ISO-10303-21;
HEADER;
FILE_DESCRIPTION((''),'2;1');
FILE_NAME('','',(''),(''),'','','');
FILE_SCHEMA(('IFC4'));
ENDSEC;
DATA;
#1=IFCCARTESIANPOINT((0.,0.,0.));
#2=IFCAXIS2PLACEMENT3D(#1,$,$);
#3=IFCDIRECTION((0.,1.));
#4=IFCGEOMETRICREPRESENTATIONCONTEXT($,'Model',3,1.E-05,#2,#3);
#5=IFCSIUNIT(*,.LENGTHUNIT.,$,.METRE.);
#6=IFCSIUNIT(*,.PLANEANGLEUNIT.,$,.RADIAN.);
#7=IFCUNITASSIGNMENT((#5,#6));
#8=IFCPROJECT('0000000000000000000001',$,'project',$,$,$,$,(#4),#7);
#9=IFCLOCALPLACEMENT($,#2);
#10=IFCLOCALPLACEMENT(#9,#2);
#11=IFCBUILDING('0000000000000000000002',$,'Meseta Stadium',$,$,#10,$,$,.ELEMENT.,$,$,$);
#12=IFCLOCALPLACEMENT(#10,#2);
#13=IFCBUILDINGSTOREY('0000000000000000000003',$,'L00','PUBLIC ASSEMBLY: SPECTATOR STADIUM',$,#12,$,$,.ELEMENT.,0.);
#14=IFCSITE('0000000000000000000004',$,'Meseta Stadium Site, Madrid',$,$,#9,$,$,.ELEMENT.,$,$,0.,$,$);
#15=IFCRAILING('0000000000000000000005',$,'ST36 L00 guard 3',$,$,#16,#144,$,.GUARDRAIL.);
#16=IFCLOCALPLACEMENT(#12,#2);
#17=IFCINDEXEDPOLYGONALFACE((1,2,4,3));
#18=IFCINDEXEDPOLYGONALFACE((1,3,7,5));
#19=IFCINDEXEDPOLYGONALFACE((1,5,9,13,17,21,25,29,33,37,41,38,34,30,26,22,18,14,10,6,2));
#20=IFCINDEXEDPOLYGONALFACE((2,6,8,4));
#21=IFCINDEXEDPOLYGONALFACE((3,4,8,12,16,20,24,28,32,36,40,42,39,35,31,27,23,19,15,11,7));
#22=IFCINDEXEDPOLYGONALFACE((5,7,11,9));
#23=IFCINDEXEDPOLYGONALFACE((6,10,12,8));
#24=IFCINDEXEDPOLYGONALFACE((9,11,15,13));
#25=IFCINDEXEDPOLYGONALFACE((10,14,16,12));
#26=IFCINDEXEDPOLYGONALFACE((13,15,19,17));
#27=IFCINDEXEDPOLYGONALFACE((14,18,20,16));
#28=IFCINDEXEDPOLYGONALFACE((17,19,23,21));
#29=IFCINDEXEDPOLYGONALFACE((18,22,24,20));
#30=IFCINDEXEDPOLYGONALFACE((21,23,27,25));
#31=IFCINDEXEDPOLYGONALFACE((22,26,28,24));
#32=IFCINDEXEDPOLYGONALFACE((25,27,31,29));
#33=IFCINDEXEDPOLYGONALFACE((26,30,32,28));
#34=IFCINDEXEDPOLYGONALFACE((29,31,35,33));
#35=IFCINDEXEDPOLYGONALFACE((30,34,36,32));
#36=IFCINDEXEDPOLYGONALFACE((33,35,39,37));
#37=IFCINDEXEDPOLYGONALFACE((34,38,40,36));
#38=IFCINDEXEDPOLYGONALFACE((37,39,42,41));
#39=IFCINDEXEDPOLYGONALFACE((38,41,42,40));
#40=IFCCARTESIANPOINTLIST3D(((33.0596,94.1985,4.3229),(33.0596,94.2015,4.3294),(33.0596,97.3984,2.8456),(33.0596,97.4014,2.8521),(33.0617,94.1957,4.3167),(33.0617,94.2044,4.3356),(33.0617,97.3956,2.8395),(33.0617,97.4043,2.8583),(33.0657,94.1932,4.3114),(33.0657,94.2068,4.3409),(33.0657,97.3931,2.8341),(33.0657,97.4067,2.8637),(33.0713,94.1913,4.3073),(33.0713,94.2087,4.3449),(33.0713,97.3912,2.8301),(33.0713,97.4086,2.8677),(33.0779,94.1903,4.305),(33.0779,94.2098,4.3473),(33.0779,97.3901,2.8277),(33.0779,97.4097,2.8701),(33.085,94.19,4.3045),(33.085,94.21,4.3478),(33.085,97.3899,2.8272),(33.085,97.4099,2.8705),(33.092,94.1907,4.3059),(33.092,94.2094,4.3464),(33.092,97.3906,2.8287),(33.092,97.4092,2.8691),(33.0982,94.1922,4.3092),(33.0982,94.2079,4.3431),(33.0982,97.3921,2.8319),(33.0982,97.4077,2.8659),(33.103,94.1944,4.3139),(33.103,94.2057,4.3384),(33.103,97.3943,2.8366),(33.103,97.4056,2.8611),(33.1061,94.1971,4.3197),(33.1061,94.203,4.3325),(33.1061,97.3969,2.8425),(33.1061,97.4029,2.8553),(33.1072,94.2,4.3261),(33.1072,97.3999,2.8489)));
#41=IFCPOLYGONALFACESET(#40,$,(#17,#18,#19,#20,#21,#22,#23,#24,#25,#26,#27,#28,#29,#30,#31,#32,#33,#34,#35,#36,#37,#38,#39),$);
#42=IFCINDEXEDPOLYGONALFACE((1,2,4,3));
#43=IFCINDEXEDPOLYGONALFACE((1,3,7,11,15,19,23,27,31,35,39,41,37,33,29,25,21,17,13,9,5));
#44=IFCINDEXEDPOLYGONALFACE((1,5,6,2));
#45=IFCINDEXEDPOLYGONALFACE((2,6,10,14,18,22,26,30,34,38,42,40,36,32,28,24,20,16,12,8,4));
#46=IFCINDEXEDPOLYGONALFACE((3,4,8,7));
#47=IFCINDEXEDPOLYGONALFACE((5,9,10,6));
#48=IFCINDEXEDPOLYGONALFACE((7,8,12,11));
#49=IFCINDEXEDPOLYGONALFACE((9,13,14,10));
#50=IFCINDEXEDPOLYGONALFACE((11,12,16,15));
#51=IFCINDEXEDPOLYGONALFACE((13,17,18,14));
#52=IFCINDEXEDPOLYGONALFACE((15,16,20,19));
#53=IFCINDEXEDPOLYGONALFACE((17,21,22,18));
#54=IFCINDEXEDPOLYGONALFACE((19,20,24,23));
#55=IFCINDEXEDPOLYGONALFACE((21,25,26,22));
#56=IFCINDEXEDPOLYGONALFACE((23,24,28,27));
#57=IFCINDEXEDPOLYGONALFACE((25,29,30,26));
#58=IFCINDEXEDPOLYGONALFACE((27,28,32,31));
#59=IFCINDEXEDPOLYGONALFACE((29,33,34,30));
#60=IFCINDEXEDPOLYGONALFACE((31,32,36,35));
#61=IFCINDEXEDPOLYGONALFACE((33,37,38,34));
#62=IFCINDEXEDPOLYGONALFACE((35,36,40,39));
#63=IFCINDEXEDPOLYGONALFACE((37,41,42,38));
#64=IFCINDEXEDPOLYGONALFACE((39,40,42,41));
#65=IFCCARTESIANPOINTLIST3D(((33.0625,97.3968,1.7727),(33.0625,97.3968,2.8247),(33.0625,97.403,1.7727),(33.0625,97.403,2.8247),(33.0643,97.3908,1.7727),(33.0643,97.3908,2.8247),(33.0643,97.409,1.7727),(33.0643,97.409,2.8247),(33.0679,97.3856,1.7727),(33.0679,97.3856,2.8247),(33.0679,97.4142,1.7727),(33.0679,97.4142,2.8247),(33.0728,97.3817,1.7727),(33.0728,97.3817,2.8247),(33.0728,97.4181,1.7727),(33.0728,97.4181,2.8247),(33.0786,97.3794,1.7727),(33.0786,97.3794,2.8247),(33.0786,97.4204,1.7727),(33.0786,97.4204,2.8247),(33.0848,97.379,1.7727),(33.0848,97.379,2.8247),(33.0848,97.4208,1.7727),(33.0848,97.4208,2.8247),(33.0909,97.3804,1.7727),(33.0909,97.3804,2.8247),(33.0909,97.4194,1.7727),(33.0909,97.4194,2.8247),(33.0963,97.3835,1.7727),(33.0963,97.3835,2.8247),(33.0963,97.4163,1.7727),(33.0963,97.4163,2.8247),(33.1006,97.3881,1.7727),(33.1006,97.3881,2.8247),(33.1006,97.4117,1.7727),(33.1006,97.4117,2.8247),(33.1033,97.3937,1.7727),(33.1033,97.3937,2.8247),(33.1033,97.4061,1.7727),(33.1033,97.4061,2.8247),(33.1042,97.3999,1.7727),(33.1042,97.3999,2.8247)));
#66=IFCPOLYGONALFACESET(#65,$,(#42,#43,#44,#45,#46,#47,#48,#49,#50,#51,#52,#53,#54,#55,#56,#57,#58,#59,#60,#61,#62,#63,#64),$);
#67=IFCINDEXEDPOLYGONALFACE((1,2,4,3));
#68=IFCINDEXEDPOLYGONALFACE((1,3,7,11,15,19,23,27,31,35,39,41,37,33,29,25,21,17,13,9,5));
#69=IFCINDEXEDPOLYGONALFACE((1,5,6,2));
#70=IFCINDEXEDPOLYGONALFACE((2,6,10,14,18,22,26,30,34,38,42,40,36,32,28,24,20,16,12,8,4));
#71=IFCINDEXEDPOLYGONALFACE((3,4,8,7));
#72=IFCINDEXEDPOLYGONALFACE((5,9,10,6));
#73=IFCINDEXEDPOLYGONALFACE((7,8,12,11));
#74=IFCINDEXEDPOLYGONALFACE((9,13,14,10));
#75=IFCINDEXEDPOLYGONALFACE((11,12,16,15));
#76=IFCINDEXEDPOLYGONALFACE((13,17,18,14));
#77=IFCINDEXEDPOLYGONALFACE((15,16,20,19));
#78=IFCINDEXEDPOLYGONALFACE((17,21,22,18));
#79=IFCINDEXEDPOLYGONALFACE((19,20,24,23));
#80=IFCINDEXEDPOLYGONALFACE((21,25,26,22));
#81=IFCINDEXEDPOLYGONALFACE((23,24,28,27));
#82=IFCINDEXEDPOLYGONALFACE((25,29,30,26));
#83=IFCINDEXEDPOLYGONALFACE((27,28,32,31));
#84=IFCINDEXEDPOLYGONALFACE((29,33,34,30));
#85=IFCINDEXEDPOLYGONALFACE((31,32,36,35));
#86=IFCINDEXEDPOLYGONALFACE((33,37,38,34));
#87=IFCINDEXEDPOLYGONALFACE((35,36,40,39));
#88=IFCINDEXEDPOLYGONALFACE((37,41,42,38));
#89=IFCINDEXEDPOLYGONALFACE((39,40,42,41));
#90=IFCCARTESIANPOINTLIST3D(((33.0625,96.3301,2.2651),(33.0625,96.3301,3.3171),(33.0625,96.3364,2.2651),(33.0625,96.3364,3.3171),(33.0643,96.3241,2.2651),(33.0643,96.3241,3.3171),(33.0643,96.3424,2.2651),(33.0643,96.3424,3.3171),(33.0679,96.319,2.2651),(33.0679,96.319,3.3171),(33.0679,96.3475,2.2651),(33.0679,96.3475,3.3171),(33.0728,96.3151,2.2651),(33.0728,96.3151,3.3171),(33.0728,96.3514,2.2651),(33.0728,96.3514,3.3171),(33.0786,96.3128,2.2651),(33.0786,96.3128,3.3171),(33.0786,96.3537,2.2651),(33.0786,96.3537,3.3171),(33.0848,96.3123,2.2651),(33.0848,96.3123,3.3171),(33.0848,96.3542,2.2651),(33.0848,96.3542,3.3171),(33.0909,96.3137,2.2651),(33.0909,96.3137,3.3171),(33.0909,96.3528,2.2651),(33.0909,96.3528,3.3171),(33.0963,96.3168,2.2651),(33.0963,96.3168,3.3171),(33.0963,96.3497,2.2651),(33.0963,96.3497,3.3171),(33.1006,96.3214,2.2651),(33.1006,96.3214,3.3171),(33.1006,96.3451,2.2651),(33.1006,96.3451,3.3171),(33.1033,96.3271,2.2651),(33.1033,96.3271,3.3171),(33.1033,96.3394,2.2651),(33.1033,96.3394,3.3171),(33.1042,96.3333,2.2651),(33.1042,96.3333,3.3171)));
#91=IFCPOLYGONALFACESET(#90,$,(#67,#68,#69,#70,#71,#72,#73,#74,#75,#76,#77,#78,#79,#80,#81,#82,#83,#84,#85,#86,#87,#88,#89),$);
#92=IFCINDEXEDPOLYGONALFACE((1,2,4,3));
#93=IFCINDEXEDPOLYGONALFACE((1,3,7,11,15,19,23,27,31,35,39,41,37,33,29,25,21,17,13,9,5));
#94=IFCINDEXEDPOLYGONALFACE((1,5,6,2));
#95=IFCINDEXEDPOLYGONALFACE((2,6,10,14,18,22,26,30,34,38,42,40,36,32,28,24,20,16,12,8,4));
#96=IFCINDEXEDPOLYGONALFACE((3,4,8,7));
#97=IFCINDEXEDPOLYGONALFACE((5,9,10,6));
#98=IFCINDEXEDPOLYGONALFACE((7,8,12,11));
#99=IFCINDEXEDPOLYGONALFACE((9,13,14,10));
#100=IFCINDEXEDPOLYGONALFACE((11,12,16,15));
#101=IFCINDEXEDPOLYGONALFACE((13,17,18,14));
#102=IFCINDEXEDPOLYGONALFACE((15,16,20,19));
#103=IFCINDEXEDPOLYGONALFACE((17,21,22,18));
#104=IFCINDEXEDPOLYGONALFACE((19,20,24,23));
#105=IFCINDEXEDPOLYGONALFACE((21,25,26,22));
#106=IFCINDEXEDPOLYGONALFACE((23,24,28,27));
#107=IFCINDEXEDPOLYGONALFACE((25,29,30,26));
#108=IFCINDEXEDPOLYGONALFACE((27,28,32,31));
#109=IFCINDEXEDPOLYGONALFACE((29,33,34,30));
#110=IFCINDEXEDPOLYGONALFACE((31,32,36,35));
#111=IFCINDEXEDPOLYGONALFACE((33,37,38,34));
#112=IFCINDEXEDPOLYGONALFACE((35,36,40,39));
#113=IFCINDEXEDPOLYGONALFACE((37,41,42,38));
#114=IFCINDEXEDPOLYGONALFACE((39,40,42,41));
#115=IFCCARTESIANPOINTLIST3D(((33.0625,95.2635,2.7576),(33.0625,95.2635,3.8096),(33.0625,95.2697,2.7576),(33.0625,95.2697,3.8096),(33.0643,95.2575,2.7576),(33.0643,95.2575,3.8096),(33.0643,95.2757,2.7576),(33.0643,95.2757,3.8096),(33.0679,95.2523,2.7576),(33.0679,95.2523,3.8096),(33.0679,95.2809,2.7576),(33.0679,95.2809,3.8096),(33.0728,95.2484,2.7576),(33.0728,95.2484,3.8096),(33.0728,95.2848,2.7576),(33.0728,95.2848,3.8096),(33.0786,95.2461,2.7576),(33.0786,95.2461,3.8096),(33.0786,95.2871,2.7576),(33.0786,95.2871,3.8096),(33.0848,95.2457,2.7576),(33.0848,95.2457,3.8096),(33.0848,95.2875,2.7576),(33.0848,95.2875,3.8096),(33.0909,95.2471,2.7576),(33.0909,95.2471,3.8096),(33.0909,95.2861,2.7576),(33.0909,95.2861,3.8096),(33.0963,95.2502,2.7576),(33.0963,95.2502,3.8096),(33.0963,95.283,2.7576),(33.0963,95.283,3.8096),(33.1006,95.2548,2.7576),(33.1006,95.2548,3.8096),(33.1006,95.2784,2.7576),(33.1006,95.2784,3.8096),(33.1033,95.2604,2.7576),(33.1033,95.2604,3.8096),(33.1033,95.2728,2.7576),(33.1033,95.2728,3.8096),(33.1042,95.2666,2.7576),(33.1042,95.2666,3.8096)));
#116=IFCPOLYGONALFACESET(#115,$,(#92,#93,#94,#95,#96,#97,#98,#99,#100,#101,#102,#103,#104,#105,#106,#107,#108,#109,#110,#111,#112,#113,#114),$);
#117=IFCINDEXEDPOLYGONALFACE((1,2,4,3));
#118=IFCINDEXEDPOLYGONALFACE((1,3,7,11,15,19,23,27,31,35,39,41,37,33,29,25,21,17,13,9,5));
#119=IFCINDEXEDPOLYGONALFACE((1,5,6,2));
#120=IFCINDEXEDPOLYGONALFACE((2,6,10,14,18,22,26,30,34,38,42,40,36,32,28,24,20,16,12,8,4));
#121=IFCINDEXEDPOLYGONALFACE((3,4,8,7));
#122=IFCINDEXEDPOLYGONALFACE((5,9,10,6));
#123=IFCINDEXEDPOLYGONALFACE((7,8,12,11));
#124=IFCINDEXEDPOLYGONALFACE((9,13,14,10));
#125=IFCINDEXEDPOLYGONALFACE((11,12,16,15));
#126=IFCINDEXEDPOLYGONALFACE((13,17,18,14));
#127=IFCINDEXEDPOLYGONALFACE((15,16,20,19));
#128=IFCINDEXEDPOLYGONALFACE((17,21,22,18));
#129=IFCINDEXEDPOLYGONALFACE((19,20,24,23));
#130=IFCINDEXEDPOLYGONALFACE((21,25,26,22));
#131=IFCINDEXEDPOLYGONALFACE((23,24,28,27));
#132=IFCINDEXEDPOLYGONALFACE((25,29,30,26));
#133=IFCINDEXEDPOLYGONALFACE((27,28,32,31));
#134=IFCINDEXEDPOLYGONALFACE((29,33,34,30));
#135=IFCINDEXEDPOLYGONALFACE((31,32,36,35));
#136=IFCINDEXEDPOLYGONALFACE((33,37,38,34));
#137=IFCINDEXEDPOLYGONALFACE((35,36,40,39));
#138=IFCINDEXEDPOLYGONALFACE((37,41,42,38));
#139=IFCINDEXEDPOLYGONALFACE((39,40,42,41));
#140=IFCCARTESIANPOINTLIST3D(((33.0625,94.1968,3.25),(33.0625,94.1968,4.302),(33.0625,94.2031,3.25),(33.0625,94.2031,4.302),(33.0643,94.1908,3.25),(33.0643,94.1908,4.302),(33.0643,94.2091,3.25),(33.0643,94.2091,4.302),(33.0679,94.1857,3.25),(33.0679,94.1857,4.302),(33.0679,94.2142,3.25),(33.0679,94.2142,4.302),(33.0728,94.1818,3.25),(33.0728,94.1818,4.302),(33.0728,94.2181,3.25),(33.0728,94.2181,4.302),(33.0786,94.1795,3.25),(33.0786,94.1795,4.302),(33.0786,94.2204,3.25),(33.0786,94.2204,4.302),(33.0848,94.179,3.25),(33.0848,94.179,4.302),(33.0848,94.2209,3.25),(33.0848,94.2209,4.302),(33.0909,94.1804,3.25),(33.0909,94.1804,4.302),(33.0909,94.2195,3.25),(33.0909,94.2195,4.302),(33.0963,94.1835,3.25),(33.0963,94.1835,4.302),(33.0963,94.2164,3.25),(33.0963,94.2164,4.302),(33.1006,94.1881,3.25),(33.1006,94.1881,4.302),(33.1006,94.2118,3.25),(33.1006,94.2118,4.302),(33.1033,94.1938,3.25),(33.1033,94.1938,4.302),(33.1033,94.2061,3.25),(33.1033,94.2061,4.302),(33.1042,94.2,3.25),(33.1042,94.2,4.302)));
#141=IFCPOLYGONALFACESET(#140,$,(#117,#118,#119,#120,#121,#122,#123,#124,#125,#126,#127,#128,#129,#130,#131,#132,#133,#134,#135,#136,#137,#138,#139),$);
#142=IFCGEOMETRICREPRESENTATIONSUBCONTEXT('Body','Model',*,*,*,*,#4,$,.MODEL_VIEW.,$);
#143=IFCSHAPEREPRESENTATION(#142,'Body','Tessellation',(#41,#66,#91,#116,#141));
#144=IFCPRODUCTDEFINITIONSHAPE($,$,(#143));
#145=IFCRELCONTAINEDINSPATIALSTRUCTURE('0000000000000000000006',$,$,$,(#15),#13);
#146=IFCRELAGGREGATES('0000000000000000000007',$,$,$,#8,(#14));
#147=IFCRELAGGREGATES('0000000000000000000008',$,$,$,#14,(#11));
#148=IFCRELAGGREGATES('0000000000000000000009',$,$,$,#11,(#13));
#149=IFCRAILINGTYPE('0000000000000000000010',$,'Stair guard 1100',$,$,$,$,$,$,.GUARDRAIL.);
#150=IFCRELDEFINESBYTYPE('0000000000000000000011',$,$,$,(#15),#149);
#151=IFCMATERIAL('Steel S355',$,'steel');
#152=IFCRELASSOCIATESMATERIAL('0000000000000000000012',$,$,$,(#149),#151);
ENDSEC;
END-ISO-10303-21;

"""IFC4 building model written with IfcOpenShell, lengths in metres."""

from ifc_helpers import new_model, si_unit, direction, frame, origin, origin_2d, place, context, subcontext, project, spatial, circle, extrude, material, type_object, element, save


model = new_model("IFC4")

# Units and contexts
model_context = context("Model", 3, precision=1e-05, world=origin(), true_north=direction((0.0, 1.0)))
body_context = subcontext(model_context, "Body", "Model", "MODEL_VIEW")
ifc_project = project(units=[si_unit("LENGTHUNIT", "METRE"), si_unit("PLANEANGLEUNIT", "RADIAN")], contexts=[model_context])

# Site, building, storey
site_placement = place(None, origin())
site = spatial("IfcSite", under=ifc_project, at=site_placement, Name="Meseta Stadium Site, Madrid", CompositionType="ELEMENT", RefElevation=0.0)
building_placement = place(site_placement, origin())
building = spatial("IfcBuilding", under=site, at=building_placement, Name="Meseta Stadium", CompositionType="ELEMENT")
storey_placement = place(building_placement, origin())
storey = spatial("IfcBuildingStorey", under=building, at=storey_placement, Name="L00", Description="PUBLIC ASSEMBLY: SPECTATOR STADIUM", CompositionType="ELEMENT", Elevation=0.0)

# Railing
ifc_material_1 = material(Name="Steel S355", Category="steel")
railing_type_1 = type_object("IfcRailingType", Name="Stair guard 1100", PredefinedType="GUARDRAIL", material=ifc_material_1)
railing_1_placement = place(storey_placement, frame((33.0833, 97.3999, 1.7727)))
element("IfcRailing", 1, at=railing_1_placement, inside=storey, type_object=railing_type_1, Name="ST36 L00 guard 3", PredefinedType="GUARDRAIL", context=body_context, shape_type="SweptSolid", body=[
    extrude(circle(Radius=0.0239, at=origin_2d()), frame((0.0, 0.0, 1.0762), z_axis=(0.0, -0.907917, 0.41915), x_axis=(1.0, 0.0, 0.0)), (0.0, 0.0, 1.0), 3.5244),
    extrude(circle(Radius=0.021, at=origin_2d()), origin(), (0.0, 0.0, 1.0), 1.052),
    extrude(circle(Radius=0.021, at=origin_2d()), frame((0.0, -1.0667, 0.4924)), (0.0, 0.0, 1.0), 1.052),
    extrude(circle(Radius=0.021, at=origin_2d()), frame((0.0, -2.1333, 0.9849)), (0.0, 0.0, 1.0), 1.052),
    extrude(circle(Radius=0.021, at=origin_2d()), frame((0.0, -3.2, 1.4773)), (0.0, 0.0, 1.0), 1.052),
])

save(model, "model.ifc")
